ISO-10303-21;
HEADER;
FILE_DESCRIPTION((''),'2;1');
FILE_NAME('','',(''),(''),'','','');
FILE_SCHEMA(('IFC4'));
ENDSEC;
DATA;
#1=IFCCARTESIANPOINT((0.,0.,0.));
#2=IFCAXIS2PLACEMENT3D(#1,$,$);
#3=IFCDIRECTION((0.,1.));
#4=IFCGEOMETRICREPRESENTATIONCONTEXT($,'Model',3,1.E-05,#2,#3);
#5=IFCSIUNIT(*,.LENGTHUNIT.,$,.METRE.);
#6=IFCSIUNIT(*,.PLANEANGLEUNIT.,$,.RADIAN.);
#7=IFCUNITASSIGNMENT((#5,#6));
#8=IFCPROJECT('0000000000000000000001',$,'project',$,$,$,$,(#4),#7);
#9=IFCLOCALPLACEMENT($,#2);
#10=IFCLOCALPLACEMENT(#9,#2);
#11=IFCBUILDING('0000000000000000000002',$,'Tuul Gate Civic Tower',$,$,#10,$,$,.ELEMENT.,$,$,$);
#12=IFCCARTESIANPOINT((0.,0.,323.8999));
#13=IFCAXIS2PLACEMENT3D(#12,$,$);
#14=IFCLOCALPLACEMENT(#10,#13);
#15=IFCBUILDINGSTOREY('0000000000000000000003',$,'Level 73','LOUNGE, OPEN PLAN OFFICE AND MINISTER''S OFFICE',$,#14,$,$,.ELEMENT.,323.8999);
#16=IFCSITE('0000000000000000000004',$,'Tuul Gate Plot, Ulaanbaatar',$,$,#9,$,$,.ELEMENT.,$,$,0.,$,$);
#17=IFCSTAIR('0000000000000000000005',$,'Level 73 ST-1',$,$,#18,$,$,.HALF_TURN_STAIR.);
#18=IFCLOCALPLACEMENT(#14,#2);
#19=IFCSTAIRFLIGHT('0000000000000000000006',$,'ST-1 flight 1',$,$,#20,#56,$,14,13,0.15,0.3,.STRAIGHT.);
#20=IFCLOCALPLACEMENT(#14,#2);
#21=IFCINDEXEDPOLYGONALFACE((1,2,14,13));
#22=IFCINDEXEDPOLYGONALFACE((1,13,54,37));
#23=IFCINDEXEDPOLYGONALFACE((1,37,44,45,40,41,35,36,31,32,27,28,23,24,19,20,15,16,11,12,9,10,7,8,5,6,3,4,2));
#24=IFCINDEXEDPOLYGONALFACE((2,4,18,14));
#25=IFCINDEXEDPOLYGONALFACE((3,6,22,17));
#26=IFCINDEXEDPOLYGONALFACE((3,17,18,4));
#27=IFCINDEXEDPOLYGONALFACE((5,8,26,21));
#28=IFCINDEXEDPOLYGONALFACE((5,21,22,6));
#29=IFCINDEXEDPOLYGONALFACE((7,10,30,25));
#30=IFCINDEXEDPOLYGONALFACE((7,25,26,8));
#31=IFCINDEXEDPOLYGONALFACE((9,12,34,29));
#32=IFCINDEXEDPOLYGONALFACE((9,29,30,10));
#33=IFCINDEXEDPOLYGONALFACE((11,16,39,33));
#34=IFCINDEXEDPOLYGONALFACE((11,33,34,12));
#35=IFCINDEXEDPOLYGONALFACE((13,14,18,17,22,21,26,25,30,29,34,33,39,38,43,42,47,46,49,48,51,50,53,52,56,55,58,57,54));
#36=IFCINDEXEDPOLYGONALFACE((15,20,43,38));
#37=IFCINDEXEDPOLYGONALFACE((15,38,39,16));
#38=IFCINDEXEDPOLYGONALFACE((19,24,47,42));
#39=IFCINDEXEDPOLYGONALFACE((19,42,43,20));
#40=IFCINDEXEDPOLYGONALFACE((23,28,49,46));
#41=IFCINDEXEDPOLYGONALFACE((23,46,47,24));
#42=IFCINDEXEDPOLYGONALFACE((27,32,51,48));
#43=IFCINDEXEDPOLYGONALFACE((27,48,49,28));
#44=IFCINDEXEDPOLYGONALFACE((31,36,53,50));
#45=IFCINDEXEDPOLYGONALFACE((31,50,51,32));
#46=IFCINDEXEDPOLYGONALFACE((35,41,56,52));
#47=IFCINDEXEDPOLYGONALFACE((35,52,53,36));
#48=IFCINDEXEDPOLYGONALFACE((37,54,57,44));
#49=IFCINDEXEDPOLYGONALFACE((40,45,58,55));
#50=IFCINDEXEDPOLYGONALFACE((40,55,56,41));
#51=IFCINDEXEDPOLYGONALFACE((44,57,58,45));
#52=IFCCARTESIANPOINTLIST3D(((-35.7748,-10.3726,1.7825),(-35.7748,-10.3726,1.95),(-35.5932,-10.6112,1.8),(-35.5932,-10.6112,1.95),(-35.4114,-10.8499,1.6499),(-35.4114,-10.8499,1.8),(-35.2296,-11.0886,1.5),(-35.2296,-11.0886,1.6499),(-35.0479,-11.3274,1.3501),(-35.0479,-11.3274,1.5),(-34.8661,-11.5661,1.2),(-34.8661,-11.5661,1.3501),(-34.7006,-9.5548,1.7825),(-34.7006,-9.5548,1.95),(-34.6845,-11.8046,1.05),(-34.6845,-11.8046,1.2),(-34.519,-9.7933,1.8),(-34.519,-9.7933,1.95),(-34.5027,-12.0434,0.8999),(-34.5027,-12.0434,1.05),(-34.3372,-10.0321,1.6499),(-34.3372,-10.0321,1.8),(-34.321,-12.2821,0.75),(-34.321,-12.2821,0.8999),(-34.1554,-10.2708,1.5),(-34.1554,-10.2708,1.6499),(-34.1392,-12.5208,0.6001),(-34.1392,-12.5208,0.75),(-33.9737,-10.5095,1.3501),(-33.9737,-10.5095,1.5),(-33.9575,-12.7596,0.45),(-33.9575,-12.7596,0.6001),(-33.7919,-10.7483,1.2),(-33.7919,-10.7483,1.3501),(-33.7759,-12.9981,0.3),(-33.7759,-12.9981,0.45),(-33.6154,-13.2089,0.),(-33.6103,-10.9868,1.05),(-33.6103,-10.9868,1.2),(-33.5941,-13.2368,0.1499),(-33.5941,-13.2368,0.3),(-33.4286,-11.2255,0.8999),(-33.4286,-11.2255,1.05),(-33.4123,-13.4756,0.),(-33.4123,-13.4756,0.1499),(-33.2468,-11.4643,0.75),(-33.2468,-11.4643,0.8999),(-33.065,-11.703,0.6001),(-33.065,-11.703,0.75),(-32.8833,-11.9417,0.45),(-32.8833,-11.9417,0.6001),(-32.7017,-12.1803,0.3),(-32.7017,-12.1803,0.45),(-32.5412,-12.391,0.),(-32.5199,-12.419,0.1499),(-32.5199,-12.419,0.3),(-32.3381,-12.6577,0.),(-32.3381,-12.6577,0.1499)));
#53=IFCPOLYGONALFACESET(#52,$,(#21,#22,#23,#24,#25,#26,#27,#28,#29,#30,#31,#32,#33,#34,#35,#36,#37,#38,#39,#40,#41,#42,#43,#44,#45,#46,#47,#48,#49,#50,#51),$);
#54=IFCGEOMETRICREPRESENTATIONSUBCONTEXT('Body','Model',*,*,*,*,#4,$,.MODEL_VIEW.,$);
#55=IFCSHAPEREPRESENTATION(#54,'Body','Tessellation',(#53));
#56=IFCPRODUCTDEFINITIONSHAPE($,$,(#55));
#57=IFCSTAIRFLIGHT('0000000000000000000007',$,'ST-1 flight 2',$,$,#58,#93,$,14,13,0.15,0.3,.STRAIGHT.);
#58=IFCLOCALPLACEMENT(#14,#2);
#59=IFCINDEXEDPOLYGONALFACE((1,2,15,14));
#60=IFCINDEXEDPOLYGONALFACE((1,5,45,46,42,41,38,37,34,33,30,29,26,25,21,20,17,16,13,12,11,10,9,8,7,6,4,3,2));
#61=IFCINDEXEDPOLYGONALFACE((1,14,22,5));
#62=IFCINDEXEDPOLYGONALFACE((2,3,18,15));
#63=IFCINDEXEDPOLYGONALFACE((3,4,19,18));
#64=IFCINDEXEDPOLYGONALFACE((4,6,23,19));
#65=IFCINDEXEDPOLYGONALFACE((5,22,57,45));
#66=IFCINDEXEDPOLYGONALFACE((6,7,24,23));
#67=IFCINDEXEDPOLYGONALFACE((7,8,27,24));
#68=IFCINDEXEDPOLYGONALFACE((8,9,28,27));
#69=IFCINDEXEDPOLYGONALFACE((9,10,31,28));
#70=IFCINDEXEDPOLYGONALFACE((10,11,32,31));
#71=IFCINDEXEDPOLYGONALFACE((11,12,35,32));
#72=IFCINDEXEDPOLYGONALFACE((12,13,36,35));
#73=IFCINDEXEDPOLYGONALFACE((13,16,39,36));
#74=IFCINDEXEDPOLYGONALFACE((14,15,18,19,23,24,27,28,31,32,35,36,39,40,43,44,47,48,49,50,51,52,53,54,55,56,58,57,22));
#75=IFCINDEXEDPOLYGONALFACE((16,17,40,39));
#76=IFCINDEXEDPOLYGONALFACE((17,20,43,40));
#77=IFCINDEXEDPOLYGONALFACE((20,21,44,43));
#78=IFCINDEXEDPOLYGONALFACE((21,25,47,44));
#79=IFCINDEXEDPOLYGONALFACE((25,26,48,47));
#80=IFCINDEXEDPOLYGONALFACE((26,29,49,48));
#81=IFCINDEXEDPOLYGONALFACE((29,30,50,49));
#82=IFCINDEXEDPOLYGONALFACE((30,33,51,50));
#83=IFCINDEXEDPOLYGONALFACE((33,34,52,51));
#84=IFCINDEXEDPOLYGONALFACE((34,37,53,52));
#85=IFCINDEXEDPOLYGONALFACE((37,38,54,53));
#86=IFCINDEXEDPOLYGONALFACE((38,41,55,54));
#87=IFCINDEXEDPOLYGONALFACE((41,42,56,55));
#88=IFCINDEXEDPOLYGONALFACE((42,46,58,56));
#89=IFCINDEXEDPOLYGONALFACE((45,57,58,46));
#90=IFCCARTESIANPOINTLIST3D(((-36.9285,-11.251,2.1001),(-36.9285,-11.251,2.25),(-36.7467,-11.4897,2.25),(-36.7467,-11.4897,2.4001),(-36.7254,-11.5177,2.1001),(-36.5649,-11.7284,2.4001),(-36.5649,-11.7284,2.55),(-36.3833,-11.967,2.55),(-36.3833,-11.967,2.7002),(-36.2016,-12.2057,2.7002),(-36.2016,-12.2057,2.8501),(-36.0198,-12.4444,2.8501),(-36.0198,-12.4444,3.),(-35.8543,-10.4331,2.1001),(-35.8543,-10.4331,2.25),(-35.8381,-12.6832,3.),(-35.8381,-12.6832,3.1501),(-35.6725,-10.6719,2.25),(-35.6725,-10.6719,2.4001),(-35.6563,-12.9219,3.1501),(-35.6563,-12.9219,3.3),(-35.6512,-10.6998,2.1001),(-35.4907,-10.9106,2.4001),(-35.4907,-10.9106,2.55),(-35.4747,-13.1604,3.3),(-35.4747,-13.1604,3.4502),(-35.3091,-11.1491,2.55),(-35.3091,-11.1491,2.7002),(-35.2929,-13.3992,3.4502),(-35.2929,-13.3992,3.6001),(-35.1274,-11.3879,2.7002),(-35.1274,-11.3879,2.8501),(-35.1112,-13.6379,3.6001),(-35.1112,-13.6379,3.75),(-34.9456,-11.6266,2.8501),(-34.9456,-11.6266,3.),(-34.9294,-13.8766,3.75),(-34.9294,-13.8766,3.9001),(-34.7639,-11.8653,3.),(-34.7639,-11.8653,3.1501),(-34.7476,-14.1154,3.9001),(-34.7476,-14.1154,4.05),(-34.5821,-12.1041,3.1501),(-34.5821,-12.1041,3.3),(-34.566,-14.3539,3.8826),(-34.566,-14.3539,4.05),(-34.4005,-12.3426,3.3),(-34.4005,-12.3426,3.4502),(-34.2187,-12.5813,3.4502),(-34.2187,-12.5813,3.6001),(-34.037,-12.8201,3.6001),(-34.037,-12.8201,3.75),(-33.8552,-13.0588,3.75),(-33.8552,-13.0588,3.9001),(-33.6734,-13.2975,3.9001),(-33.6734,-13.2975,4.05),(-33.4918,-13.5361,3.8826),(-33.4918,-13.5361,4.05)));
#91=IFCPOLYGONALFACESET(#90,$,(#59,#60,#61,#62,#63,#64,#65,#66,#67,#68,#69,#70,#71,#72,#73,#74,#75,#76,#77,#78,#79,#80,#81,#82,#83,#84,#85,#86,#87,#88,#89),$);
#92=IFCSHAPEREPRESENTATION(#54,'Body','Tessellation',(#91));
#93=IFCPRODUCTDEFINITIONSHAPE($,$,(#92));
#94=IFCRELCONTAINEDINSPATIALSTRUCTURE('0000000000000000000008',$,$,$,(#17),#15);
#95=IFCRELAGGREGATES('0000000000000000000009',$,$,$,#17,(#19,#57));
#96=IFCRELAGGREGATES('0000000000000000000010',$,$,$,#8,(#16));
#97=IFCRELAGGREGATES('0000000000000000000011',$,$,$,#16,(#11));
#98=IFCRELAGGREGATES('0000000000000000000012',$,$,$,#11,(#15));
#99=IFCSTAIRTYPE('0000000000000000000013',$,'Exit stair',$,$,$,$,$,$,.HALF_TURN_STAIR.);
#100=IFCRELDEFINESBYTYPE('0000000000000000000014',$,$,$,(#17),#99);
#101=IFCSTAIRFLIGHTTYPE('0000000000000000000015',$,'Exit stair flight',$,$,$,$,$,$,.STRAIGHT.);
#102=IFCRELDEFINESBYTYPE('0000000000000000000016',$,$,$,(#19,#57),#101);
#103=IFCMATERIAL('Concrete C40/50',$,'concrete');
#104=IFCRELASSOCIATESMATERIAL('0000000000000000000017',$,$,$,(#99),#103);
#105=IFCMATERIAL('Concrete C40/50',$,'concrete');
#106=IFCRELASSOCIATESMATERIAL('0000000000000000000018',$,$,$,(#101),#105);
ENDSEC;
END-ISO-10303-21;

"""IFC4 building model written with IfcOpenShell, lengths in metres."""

from ifc_helpers import new_model, si_unit, direction, frame, origin, place, context, subcontext, project, spatial, polyline, outline, extrude, material, type_object, element, aggregate, save


model = new_model("IFC4")

# Units and contexts
model_context = context("Model", 3, precision=1e-05, world=origin(), true_north=direction((0.0, 1.0)))
body_context = subcontext(model_context, "Body", "Model", "MODEL_VIEW")
ifc_project = project(units=[si_unit("LENGTHUNIT", "METRE"), si_unit("PLANEANGLEUNIT", "RADIAN")], contexts=[model_context])

# Site, building, storey
site_placement = place(None, origin())
site = spatial("IfcSite", under=ifc_project, at=site_placement, Name="Tuul Gate Plot, Ulaanbaatar", CompositionType="ELEMENT", RefElevation=0.0)
building_placement = place(site_placement, origin())
building = spatial("IfcBuilding", under=site, at=building_placement, Name="Tuul Gate Civic Tower", CompositionType="ELEMENT")
storey_placement = place(building_placement, frame((0.0, 0.0, 323.8999)))
storey = spatial("IfcBuildingStorey", under=building, at=storey_placement, Name="Level 73", Description="LOUNGE, OPEN PLAN OFFICE AND MINISTER'S OFFICE", CompositionType="ELEMENT", Elevation=323.8999)

# Stair, stair flights
ifc_material_1 = material(Name="Concrete C40/50", Category="concrete")
stair_type = type_object("IfcStairType", Name="Exit stair", PredefinedType="HALF_TURN_STAIR", material=ifc_material_1)
stair_placement = place(storey_placement, origin())
stair = element("IfcStair", 1, at=stair_placement, inside=storey, type_object=stair_type, Name="Level 73 ST-1", PredefinedType="HALF_TURN_STAIR")
ifc_material_2 = material(Name="Concrete C40/50", Category="concrete")
stair_flight_type = type_object("IfcStairFlightType", Name="Exit stair flight", PredefinedType="STRAIGHT", material=ifc_material_2)
stair_flight_1_placement = place(storey_placement, frame((-32.8752, -13.0667, 0.0), z_axis=(0.0, 0.0, 1.0), x_axis=(-0.605764, 0.795644, 0.0)))
stair_flight_1 = element("IfcStairFlight", 2, at=stair_flight_1_placement, type_object=stair_flight_type, Name="ST-1 flight 1", NumberOfRisers=14, NumberOfTreads=13, PredefinedType="STRAIGHT", RiserHeight=0.15, TreadLength=0.3, context=body_context, shape_type="SweptSolid", body=[
    extrude(outline(polyline([(0.0, 0.0), (0.0, 0.1499), (0.3, 0.1499), (0.3, 0.3), (0.6001, 0.3), (0.6001, 0.45), (0.8999, 0.45), (0.8999, 0.6001), (1.2, 0.6001), (1.2, 0.75), (1.5, 0.75), (1.5, 0.8999), (1.8, 0.8999), (1.8, 1.05), (2.1001, 1.05), (2.1001, 1.2), (2.3999, 1.2), (2.3999, 1.3501), (2.7, 1.3501), (2.7, 1.5), (3.0, 1.5), (3.0, 1.6499), (3.3, 1.6499), (3.3, 1.8), (3.6001, 1.8), (3.6001, 1.95), (3.8999, 1.95), (3.8999, 2.1001), (3.8999, 1.7825), (0.3352, 0.0), (0.0, 0.0)])), frame((0.0, 0.675, 0.0), z_axis=(0.0, -1.0, 0.0), x_axis=(1.0, 0.0, 0.0)), (0.0, 0.0, 1.0), 1.3501),
])
stair_flight_2_placement = place(storey_placement, frame((-36.3914, -10.842, 2.1001), z_axis=(0.0, 0.0, 1.0), x_axis=(0.605764, -0.795644, 0.0)))
stair_flight_2 = element("IfcStairFlight", 3, at=stair_flight_2_placement, type_object=stair_flight_type, Name="ST-1 flight 2", NumberOfRisers=14, NumberOfTreads=13, PredefinedType="STRAIGHT", RiserHeight=0.15, TreadLength=0.3, context=body_context, shape_type="SweptSolid", body=[
    extrude(outline(polyline([(0.0, 0.0), (0.0, 0.1499), (0.3, 0.1499), (0.3, 0.3), (0.6001, 0.3), (0.6001, 0.45), (0.8999, 0.45), (0.8999, 0.6001), (1.2, 0.6001), (1.2, 0.75), (1.5, 0.75), (1.5, 0.8999), (1.8, 0.8999), (1.8, 1.05), (2.1001, 1.05), (2.1001, 1.2), (2.3999, 1.2), (2.3999, 1.3501), (2.7, 1.3501), (2.7, 1.5), (3.0, 1.5), (3.0, 1.6499), (3.3, 1.6499), (3.3, 1.8), (3.6001, 1.8), (3.6001, 1.95), (3.8999, 1.95), (3.8999, 2.1001), (3.8999, 1.7825), (0.3352, 0.0), (0.0, 0.0)])), frame((0.0, 0.675, 0.0), z_axis=(0.0, -1.0, 0.0), x_axis=(1.0, 0.0, 0.0)), (0.0, 0.0, 1.0), 1.3501),
])
aggregate(stair, [stair_flight_1, stair_flight_2])

save(model, "model.ifc")
